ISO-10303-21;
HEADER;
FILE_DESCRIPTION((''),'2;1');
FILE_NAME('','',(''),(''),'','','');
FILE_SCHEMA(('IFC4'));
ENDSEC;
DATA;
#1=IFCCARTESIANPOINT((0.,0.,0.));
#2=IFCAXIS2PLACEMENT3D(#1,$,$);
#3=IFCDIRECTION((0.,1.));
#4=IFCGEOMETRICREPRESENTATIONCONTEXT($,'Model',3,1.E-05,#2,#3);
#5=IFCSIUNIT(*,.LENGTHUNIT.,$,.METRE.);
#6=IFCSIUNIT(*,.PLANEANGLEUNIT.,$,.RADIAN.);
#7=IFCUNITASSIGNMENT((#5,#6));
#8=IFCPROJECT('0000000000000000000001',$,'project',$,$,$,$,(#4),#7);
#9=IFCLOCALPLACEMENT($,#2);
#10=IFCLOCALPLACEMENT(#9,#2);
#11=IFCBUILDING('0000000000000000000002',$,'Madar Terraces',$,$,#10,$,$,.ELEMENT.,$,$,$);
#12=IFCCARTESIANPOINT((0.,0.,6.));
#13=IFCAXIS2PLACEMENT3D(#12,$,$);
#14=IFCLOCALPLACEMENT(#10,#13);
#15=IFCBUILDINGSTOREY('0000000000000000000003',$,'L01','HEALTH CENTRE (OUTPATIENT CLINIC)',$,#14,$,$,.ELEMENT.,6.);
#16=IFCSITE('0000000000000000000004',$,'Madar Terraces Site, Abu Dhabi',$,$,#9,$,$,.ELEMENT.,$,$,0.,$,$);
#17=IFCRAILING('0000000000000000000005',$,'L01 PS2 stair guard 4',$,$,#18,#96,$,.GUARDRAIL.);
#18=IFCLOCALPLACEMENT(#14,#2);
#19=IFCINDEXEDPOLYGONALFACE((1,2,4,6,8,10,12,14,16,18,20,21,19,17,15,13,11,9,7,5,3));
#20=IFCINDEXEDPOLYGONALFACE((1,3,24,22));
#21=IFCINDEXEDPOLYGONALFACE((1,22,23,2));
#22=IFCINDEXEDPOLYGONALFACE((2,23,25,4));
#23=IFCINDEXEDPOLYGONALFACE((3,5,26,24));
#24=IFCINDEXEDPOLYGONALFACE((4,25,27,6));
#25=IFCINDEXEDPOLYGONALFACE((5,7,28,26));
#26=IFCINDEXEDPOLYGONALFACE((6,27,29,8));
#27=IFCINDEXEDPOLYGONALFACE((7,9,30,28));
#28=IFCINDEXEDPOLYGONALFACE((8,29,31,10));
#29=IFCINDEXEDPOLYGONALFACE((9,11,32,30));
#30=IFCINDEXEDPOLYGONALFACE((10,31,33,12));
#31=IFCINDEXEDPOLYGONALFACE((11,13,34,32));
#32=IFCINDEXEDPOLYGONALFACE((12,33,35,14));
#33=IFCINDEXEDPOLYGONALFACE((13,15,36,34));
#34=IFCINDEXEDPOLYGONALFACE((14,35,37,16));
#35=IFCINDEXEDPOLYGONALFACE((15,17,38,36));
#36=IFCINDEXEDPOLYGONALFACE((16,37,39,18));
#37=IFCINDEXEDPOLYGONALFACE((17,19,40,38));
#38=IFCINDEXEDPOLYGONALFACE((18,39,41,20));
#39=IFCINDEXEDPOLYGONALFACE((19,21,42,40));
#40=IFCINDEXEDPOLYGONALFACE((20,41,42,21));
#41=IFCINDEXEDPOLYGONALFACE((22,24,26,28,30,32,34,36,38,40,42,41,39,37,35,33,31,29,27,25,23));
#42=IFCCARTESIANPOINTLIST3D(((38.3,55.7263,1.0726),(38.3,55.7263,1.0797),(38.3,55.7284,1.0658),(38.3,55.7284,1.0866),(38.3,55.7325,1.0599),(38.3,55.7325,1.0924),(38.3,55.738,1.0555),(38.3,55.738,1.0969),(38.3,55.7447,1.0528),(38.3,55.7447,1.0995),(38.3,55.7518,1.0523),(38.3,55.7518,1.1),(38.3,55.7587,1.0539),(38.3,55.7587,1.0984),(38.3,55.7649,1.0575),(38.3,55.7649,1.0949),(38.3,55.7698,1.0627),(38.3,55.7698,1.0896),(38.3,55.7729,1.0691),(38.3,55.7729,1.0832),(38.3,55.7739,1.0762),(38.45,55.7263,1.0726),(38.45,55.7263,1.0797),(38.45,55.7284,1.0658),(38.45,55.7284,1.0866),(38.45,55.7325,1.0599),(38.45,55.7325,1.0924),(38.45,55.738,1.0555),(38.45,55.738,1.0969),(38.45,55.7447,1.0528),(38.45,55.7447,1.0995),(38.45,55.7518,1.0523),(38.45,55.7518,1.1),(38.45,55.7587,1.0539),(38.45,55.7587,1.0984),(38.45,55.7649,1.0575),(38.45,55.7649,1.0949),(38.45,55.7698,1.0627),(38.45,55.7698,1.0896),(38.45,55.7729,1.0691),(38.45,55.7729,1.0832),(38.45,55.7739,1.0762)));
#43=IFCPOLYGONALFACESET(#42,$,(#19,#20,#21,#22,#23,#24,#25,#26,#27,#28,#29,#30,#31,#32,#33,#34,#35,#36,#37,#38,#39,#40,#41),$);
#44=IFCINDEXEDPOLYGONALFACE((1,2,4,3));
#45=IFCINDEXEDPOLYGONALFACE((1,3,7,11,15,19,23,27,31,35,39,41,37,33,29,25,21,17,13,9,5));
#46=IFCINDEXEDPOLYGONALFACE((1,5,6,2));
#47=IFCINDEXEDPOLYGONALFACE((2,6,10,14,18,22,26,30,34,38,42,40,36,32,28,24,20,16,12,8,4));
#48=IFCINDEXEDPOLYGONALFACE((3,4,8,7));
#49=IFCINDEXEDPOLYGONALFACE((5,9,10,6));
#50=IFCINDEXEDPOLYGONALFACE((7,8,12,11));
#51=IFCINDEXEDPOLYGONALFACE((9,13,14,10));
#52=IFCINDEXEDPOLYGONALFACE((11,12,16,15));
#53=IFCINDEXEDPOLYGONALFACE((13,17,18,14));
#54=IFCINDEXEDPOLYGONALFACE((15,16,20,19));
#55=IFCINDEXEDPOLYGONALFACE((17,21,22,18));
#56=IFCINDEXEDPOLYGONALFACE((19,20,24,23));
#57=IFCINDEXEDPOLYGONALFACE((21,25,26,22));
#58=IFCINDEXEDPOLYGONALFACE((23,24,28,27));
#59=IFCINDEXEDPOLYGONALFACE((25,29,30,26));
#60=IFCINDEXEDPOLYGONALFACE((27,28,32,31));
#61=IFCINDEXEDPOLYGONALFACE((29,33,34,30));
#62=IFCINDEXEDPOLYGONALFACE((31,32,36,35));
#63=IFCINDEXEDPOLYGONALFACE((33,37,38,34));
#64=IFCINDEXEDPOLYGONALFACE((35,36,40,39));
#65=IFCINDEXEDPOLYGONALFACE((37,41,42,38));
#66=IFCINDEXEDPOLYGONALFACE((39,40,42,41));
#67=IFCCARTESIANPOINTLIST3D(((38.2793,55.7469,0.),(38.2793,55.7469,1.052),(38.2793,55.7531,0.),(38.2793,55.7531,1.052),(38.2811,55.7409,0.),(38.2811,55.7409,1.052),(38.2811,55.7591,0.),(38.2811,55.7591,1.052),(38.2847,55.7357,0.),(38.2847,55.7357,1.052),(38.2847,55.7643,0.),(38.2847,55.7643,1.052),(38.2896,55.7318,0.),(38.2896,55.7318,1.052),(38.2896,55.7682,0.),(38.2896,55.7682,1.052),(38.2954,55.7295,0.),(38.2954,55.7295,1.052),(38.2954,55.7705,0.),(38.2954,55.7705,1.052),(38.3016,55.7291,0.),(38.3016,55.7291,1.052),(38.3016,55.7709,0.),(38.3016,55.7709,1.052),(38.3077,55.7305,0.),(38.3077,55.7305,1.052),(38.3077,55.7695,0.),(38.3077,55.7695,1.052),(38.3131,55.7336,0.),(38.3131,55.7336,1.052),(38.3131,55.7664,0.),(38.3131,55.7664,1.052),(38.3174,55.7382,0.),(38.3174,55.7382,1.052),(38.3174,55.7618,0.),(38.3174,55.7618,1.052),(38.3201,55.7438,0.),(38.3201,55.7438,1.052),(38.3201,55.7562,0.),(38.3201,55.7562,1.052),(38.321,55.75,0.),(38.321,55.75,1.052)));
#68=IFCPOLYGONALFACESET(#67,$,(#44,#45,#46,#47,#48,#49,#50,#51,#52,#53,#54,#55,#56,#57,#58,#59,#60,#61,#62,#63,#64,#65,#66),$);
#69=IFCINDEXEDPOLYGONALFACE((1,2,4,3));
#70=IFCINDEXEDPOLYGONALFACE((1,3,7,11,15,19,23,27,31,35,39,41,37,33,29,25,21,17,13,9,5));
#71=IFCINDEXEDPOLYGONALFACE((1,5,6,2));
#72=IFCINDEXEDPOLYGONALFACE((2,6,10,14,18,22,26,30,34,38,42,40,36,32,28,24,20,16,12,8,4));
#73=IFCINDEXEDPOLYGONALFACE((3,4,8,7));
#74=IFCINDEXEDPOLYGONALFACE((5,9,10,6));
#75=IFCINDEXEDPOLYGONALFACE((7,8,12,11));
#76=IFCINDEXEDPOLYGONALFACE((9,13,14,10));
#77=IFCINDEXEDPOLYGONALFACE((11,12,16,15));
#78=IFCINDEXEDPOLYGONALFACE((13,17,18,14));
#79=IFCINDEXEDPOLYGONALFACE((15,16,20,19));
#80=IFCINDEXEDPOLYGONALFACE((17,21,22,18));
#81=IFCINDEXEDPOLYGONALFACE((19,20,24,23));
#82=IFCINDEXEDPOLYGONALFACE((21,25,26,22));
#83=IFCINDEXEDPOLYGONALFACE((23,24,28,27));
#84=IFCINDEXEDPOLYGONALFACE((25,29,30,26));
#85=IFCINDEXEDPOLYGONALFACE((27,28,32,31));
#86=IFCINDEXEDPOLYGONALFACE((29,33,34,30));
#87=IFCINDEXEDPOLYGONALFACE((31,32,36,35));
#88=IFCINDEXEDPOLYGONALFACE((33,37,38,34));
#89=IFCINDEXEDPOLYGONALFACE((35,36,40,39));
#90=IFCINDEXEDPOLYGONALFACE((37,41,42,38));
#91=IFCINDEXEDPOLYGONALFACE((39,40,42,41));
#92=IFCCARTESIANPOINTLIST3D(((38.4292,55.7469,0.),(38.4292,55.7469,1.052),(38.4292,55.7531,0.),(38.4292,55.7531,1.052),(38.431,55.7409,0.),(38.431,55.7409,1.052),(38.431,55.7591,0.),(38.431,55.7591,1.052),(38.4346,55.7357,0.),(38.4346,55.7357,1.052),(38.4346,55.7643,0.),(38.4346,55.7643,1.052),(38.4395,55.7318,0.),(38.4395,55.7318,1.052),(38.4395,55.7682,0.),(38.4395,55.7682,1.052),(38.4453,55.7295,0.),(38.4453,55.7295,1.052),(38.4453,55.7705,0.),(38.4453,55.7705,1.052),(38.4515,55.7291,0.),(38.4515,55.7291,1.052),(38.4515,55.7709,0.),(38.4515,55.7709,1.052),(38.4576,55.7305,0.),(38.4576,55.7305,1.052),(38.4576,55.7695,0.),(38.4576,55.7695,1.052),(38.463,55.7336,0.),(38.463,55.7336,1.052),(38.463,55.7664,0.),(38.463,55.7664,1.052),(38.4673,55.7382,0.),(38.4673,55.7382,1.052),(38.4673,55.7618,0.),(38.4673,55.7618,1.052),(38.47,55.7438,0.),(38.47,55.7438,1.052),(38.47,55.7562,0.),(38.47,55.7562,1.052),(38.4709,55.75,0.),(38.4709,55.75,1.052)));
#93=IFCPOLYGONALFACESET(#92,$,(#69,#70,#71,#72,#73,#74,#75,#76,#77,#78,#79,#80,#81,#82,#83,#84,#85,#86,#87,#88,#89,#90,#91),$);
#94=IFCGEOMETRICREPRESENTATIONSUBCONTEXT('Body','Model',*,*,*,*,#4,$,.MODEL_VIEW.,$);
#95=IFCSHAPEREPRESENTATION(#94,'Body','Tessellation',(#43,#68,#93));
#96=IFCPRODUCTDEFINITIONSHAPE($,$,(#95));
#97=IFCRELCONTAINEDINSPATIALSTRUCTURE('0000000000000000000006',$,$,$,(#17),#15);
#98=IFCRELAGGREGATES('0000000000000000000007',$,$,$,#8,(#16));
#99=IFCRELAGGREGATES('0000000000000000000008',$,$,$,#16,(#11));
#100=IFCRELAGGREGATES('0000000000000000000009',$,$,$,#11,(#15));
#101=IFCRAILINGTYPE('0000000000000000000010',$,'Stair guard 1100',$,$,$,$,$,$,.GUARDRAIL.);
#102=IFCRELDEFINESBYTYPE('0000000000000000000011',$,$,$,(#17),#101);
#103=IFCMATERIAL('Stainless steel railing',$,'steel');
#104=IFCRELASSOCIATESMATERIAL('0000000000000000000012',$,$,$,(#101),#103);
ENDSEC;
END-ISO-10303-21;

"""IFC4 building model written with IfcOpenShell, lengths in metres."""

from ifc_helpers import new_model, si_unit, direction, frame, origin, origin_2d, place, context, subcontext, project, spatial, circle, extrude, material, type_object, element, save


model = new_model("IFC4")

# Units and contexts
model_context = context("Model", 3, precision=1e-05, world=origin(), true_north=direction((0.0, 1.0)))
body_context = subcontext(model_context, "Body", "Model", "MODEL_VIEW")
ifc_project = project(units=[si_unit("LENGTHUNIT", "METRE"), si_unit("PLANEANGLEUNIT", "RADIAN")], contexts=[model_context])

# Site, building, storey
site_placement = place(None, origin())
site = spatial("IfcSite", under=ifc_project, at=site_placement, Name="Madar Terraces Site, Abu Dhabi", CompositionType="ELEMENT", RefElevation=0.0)
building_placement = place(site_placement, origin())
building = spatial("IfcBuilding", under=site, at=building_placement, Name="Madar Terraces", CompositionType="ELEMENT")
storey_placement = place(building_placement, frame((0.0, 0.0, 6.0)))
storey = spatial("IfcBuildingStorey", under=building, at=storey_placement, Name="L01", Description="HEALTH CENTRE (OUTPATIENT CLINIC)", CompositionType="ELEMENT", Elevation=6.0)

# Railing
ifc_material_1 = material(Name="Stainless steel railing", Category="steel")
railing_type_1 = type_object("IfcRailingType", Name="Stair guard 1100", PredefinedType="GUARDRAIL", material=ifc_material_1)
railing_1_placement = place(storey_placement, frame((38.3, 55.75, 0.0)))
element("IfcRailing", 1, at=railing_1_placement, inside=storey, type_object=railing_type_1, Name="L01 PS2 stair guard 4", PredefinedType="GUARDRAIL", context=body_context, shape_type="SweptSolid", body=[
    extrude(circle(Radius=0.0239, at=origin_2d()), frame((0.0, 0.0, 1.0762), z_axis=(1.0, 0.0, 0.0), x_axis=(0.0, 1.0, 0.0)), (0.0, 0.0, 1.0), 0.1499),
    extrude(circle(Radius=0.021, at=origin_2d()), origin(), (0.0, 0.0, 1.0), 1.052),
    extrude(circle(Radius=0.021, at=origin_2d()), frame((0.1499, 0.0, 0.0)), (0.0, 0.0, 1.0), 1.052),
])

save(model, "model.ifc")
